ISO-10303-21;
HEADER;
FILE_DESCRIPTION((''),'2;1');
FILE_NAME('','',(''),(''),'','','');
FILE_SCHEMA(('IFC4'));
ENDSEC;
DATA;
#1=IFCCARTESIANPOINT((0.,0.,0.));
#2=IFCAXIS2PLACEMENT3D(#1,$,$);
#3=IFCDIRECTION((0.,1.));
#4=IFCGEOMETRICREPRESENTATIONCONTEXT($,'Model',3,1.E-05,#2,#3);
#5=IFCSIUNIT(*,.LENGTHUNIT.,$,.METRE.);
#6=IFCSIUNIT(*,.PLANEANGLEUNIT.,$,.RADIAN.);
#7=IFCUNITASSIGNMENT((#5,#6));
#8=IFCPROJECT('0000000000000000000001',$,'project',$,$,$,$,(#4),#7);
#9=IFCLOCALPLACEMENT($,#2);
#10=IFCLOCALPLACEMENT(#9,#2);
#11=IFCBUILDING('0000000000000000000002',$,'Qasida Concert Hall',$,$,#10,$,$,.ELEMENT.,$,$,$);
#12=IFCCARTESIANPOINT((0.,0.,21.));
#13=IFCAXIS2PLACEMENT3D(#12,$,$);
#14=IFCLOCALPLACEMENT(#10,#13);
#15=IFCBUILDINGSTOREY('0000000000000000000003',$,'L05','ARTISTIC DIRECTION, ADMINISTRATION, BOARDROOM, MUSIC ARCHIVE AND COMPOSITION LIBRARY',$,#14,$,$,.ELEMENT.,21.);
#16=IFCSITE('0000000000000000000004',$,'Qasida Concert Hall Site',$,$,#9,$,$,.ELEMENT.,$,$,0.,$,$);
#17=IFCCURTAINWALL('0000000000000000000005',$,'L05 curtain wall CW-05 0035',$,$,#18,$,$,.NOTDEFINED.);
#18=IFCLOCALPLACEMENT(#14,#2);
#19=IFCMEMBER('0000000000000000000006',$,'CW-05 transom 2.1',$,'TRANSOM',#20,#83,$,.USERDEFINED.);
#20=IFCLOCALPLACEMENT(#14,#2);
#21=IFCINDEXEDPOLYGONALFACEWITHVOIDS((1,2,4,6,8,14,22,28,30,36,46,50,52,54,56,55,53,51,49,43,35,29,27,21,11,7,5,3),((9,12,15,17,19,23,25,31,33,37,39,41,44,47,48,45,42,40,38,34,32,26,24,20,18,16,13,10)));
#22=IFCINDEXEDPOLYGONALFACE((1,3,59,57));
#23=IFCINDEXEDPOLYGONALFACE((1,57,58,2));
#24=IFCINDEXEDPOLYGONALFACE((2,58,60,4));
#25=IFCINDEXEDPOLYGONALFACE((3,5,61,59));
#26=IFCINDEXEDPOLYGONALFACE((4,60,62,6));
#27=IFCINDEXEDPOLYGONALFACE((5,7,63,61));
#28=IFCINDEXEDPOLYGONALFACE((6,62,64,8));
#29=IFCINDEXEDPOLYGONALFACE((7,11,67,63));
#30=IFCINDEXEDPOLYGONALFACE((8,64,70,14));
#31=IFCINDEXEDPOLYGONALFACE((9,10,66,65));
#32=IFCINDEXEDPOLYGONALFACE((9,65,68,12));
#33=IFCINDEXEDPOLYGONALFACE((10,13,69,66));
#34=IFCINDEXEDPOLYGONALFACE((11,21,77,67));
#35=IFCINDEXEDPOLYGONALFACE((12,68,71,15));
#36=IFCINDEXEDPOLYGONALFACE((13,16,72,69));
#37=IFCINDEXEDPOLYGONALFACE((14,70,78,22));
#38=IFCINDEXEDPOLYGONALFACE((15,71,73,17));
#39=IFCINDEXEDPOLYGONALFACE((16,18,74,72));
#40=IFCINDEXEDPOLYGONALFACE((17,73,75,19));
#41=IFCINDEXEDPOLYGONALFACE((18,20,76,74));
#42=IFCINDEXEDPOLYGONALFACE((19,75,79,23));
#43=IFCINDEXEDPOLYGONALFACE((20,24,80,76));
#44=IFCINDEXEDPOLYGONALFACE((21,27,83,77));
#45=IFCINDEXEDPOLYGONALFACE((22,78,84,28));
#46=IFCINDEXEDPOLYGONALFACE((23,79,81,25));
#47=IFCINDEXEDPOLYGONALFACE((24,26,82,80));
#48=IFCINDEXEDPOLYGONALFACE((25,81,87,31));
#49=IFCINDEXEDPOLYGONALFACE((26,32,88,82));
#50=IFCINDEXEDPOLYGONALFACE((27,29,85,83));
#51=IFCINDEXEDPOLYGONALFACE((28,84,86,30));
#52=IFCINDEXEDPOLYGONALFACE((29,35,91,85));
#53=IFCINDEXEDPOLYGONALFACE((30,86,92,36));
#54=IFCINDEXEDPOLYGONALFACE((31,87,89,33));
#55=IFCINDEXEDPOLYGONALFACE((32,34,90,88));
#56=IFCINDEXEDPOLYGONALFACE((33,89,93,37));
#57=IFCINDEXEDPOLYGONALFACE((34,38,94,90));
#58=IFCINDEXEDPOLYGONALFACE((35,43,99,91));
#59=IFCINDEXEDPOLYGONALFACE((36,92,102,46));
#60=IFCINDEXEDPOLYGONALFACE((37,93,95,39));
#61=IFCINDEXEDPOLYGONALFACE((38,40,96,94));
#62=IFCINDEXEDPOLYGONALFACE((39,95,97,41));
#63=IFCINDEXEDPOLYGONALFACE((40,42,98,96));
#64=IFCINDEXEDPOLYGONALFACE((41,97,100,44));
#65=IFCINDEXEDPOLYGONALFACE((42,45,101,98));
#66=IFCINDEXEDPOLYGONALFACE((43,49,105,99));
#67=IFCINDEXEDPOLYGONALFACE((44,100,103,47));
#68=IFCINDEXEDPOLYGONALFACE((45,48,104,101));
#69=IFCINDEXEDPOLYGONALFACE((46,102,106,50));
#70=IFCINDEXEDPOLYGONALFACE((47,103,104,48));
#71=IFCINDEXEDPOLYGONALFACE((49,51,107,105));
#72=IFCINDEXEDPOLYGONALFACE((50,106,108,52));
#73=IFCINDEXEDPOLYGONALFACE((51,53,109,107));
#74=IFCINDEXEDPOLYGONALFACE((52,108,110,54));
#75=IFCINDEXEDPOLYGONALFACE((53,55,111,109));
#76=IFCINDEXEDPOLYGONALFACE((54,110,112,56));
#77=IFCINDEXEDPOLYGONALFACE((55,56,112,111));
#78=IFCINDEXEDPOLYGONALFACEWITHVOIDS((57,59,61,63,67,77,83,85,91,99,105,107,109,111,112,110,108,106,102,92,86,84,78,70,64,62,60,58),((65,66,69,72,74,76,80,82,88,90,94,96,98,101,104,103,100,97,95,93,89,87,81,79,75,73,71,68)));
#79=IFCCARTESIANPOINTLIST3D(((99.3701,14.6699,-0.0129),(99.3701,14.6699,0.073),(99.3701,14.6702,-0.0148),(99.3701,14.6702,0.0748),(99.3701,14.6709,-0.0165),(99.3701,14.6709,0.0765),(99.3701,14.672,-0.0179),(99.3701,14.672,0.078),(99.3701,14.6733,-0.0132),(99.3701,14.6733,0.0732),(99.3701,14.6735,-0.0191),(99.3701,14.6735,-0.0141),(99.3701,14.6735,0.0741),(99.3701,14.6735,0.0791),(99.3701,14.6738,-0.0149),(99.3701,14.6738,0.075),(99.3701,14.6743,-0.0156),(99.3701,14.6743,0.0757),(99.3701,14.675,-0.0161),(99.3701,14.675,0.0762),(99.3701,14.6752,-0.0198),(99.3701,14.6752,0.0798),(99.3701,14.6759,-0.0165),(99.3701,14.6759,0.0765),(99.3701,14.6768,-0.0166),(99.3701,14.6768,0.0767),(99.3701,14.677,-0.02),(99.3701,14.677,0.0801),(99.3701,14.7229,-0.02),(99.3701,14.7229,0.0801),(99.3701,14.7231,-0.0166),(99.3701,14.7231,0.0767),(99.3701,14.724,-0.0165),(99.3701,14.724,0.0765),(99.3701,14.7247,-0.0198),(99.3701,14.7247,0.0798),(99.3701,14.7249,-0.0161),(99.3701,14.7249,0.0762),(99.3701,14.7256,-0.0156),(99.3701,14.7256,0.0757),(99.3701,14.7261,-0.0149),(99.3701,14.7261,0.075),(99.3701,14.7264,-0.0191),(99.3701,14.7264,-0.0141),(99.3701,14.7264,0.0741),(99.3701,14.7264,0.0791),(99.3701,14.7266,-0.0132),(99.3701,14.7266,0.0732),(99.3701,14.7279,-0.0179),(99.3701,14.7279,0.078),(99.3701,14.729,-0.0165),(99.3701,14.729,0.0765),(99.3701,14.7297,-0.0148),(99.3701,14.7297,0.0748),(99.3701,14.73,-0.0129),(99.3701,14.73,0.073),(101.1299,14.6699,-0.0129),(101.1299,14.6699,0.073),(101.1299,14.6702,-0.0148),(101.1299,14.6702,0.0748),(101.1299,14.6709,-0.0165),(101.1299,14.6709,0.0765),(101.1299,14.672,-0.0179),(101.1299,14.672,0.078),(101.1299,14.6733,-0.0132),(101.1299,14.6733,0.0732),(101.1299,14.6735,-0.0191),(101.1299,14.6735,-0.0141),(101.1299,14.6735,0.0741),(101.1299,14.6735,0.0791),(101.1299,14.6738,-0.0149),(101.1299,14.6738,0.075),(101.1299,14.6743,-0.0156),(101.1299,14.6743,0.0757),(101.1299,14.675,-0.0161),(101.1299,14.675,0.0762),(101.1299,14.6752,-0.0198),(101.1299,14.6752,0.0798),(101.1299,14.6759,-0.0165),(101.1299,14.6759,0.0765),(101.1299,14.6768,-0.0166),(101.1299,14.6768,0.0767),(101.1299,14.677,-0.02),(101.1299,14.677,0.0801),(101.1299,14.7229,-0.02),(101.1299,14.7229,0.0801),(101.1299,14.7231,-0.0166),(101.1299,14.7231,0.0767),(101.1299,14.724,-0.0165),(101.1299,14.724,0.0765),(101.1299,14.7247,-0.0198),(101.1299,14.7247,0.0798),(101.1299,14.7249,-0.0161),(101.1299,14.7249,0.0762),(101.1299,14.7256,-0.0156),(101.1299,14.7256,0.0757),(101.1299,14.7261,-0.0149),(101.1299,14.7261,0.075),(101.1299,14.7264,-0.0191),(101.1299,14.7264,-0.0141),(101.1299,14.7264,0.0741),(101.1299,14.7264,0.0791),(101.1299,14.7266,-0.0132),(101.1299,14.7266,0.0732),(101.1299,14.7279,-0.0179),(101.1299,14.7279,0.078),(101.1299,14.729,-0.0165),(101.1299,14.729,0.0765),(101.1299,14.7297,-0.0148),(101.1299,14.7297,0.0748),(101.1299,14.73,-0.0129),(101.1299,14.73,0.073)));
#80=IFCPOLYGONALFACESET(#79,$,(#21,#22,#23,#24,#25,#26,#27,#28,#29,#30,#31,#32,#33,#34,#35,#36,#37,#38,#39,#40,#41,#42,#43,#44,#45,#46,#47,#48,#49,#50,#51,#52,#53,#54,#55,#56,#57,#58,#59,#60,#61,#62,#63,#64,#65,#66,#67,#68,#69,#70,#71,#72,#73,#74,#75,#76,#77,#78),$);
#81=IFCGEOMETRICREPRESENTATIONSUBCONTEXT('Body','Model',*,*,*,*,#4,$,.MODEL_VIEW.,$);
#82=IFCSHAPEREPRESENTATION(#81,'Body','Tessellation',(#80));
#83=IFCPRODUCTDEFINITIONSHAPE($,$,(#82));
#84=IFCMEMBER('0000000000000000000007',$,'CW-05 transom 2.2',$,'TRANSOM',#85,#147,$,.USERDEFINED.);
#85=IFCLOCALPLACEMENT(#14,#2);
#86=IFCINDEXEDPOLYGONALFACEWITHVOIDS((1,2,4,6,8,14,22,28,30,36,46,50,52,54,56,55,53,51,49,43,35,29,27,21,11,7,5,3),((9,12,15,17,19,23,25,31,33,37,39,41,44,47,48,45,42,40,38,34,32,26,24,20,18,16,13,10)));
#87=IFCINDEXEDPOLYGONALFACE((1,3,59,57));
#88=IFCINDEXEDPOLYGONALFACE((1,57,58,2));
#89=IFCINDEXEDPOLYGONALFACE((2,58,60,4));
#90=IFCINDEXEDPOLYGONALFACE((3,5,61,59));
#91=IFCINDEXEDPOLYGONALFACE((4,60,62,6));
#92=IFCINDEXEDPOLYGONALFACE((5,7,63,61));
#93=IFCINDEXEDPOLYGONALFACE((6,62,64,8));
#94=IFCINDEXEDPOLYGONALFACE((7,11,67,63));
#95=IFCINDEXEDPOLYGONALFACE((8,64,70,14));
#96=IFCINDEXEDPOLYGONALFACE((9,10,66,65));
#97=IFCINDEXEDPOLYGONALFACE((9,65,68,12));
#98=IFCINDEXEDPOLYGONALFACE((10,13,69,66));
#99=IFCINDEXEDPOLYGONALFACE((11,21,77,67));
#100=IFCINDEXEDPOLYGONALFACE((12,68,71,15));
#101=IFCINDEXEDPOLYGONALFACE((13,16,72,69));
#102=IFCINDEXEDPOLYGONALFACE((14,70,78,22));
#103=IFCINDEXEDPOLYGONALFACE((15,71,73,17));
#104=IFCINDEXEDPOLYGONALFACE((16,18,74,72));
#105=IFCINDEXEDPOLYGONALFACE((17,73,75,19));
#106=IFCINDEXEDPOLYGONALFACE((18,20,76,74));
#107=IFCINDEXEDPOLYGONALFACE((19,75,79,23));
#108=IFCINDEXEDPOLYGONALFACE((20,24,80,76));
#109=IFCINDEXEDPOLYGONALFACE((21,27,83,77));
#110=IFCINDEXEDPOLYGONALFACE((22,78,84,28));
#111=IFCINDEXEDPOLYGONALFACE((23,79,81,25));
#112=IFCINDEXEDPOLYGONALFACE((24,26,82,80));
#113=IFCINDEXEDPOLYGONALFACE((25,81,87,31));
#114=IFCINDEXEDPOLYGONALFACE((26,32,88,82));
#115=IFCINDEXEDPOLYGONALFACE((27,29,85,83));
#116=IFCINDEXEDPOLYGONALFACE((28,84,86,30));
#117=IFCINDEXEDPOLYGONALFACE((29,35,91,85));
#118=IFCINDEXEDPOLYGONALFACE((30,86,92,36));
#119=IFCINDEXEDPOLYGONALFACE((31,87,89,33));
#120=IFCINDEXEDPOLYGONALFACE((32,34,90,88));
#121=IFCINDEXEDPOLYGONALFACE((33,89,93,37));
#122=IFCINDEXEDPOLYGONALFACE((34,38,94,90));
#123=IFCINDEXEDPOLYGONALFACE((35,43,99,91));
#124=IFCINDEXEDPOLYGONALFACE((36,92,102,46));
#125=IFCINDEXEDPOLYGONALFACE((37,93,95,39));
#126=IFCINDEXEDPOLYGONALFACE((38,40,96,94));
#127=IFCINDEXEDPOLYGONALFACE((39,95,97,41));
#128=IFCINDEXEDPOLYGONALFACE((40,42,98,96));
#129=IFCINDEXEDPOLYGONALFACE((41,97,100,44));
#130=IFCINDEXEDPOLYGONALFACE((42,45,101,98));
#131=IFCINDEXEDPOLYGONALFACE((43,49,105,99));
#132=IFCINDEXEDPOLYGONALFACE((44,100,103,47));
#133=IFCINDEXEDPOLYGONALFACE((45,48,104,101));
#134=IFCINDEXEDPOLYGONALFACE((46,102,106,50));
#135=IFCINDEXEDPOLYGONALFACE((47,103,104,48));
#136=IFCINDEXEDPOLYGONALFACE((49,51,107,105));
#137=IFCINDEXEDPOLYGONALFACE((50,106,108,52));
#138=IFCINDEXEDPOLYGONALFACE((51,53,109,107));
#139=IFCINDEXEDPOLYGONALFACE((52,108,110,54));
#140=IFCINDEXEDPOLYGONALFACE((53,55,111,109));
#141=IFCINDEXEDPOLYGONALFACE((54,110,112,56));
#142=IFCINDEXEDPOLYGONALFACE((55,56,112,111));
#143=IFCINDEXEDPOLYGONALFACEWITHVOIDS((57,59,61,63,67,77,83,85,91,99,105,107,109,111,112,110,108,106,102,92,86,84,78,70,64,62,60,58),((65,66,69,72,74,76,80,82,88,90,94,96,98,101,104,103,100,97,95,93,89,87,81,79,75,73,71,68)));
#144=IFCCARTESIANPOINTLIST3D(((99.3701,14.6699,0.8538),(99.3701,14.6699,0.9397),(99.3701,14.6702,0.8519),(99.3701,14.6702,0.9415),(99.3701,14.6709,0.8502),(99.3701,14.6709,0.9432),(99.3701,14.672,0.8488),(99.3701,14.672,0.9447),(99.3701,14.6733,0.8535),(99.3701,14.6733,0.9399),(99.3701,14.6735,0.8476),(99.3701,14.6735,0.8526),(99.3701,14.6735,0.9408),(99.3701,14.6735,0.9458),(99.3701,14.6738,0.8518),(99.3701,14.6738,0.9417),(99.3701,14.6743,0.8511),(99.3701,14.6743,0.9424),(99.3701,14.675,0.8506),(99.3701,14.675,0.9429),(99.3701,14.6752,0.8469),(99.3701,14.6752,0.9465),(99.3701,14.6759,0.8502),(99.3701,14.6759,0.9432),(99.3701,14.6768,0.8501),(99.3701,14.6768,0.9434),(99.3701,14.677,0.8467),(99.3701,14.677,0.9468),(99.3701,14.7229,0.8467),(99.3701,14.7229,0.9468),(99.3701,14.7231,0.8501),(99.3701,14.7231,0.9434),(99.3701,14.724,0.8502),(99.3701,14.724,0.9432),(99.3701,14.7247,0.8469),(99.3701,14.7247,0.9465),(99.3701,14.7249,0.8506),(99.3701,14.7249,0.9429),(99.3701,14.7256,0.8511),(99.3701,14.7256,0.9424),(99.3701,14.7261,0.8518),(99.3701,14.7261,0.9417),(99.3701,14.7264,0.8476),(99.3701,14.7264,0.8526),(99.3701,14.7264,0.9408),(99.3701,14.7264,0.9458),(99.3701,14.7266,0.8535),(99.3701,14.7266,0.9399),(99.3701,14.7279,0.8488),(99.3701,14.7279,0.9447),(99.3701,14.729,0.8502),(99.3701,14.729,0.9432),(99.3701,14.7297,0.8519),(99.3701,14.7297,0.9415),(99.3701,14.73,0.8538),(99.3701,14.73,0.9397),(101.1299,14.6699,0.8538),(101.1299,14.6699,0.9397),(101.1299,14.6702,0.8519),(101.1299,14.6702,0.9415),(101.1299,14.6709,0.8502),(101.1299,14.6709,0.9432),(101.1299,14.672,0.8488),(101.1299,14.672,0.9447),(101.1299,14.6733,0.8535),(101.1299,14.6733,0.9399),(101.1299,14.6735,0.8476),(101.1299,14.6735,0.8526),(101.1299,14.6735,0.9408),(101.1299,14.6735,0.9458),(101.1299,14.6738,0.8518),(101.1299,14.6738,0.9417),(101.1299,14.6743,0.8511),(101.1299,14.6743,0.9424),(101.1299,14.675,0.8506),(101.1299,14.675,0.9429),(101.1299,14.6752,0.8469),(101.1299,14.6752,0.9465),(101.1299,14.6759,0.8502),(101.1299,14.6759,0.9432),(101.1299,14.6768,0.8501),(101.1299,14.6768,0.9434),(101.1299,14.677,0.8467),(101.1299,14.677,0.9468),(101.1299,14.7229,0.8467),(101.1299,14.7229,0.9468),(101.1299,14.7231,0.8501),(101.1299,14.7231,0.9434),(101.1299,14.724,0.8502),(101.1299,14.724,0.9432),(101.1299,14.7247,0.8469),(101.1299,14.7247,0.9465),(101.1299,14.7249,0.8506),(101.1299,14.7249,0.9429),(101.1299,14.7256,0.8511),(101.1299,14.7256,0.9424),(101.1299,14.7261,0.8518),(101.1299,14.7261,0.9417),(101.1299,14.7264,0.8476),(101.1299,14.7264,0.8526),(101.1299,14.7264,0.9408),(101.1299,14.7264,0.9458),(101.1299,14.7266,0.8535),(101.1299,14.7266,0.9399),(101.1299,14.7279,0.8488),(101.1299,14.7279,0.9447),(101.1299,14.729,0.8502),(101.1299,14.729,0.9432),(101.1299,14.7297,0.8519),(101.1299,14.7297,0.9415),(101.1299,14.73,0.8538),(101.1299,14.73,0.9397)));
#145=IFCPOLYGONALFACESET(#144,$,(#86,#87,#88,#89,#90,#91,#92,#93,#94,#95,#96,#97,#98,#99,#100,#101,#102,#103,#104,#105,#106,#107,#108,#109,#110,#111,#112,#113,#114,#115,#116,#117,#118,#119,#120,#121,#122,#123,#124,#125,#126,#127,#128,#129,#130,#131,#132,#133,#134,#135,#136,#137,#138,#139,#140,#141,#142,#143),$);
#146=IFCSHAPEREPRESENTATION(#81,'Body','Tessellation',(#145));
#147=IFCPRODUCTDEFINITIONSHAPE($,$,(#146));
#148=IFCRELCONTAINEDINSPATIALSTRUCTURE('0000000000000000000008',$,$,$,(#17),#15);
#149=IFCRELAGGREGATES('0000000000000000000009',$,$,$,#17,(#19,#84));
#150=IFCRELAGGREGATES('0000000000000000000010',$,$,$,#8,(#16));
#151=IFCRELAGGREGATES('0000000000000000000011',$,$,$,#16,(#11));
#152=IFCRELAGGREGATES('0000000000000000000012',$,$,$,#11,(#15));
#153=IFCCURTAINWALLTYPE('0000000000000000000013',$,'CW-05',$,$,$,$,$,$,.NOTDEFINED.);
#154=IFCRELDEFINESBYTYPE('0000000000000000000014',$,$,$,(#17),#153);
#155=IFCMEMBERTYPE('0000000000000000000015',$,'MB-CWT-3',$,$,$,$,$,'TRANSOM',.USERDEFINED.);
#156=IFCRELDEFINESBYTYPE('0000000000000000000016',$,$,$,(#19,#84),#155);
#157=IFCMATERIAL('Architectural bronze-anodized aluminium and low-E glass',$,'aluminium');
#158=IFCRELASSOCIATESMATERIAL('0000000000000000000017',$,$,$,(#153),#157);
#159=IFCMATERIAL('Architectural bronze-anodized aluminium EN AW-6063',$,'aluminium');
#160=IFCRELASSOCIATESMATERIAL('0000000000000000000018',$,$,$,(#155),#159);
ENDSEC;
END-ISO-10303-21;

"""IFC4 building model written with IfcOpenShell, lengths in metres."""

from ifc_helpers import new_model, si_unit, direction, frame, origin, origin_2d, place, context, subcontext, project, spatial, hollow_rectangle, extrude, material, material_profile, profile_set, type_object, element, aggregate, save


model = new_model("IFC4")

# Units and contexts
model_context = context("Model", 3, precision=1e-05, world=origin(), true_north=direction((0.0, 1.0)))
body_context = subcontext(model_context, "Body", "Model", "MODEL_VIEW")
ifc_project = project(units=[si_unit("LENGTHUNIT", "METRE"), si_unit("PLANEANGLEUNIT", "RADIAN")], contexts=[model_context])

# Site, building, storey
site_placement = place(None, origin())
site = spatial("IfcSite", under=ifc_project, at=site_placement, Name="Qasida Concert Hall Site", CompositionType="ELEMENT", RefElevation=0.0)
building_placement = place(site_placement, origin())
building = spatial("IfcBuilding", under=site, at=building_placement, Name="Qasida Concert Hall", CompositionType="ELEMENT")
storey_placement = place(building_placement, frame((0.0, 0.0, 21.0)))
storey = spatial("IfcBuildingStorey", under=building, at=storey_placement, Name="L05", Description="ARTISTIC DIRECTION, ADMINISTRATION, BOARDROOM, MUSIC ARCHIVE AND COMPOSITION LIBRARY", CompositionType="ELEMENT", Elevation=21.0)

# Curtain wall, members
ifc_material_1 = material(Name="Architectural bronze-anodized aluminium and low-E glass", Category="aluminium")
curtain_wall_type = type_object("IfcCurtainWallType", Name="CW-05", PredefinedType="NOTDEFINED", material=ifc_material_1)
curtain_wall_placement = place(storey_placement, origin())
curtain_wall = element("IfcCurtainWall", 1, at=curtain_wall_placement, inside=storey, type_object=curtain_wall_type, Name="L05 curtain wall CW-05 0035", PredefinedType="NOTDEFINED")
ifc_material_2 = material(Name="Architectural bronze-anodized aluminium EN AW-6063", Category="aluminium")
ifc_material_profile_1 = material_profile(ifc_material_2, hollow_rectangle(XDim=0.0601, YDim=0.1001, WallThickness=0.0034, InnerFilletRadius=0.0034, OuterFilletRadius=0.0071, at=origin_2d()), Name="CWT 100x60x3.5")
ifc_profile_set_1 = profile_set([ifc_material_profile_1], Name="Architectural bronze-anodized aluminium EN AW-6063")
member_type_1 = type_object("IfcMemberType", Name="MB-CWT-3", ElementType="TRANSOM", PredefinedType="USERDEFINED", material=ifc_profile_set_1)
member_1_placement = place(storey_placement, frame((99.3701, 14.7, 0.03), z_axis=(1.0, 0.0, 0.0), x_axis=(0.0, 1.0, 0.0)))
member_1 = element("IfcMember", 2, at=member_1_placement, type_object=member_type_1, Name="CW-05 transom 2.1", ObjectType="TRANSOM", PredefinedType="USERDEFINED", context=body_context, shape_type="SweptSolid", body=[
    extrude(hollow_rectangle(XDim=0.0601, YDim=0.1001, WallThickness=0.0034, InnerFilletRadius=0.0034, OuterFilletRadius=0.0071, at=origin_2d()), origin(), (0.0, 0.0, 1.0), 1.7598),
])
member_2_placement = place(storey_placement, frame((99.3701, 14.7, 0.8967), z_axis=(1.0, 0.0, 0.0), x_axis=(0.0, 1.0, 0.0)))
member_2 = element("IfcMember", 3, at=member_2_placement, type_object=member_type_1, Name="CW-05 transom 2.2", ObjectType="TRANSOM", PredefinedType="USERDEFINED", context=body_context, shape_type="SweptSolid", body=[
    extrude(hollow_rectangle(XDim=0.0601, YDim=0.1001, WallThickness=0.0034, InnerFilletRadius=0.0034, OuterFilletRadius=0.0071, at=origin_2d()), origin(), (0.0, 0.0, 1.0), 1.7598),
])
aggregate(curtain_wall, [member_1, member_2])

save(model, "model.ifc")
